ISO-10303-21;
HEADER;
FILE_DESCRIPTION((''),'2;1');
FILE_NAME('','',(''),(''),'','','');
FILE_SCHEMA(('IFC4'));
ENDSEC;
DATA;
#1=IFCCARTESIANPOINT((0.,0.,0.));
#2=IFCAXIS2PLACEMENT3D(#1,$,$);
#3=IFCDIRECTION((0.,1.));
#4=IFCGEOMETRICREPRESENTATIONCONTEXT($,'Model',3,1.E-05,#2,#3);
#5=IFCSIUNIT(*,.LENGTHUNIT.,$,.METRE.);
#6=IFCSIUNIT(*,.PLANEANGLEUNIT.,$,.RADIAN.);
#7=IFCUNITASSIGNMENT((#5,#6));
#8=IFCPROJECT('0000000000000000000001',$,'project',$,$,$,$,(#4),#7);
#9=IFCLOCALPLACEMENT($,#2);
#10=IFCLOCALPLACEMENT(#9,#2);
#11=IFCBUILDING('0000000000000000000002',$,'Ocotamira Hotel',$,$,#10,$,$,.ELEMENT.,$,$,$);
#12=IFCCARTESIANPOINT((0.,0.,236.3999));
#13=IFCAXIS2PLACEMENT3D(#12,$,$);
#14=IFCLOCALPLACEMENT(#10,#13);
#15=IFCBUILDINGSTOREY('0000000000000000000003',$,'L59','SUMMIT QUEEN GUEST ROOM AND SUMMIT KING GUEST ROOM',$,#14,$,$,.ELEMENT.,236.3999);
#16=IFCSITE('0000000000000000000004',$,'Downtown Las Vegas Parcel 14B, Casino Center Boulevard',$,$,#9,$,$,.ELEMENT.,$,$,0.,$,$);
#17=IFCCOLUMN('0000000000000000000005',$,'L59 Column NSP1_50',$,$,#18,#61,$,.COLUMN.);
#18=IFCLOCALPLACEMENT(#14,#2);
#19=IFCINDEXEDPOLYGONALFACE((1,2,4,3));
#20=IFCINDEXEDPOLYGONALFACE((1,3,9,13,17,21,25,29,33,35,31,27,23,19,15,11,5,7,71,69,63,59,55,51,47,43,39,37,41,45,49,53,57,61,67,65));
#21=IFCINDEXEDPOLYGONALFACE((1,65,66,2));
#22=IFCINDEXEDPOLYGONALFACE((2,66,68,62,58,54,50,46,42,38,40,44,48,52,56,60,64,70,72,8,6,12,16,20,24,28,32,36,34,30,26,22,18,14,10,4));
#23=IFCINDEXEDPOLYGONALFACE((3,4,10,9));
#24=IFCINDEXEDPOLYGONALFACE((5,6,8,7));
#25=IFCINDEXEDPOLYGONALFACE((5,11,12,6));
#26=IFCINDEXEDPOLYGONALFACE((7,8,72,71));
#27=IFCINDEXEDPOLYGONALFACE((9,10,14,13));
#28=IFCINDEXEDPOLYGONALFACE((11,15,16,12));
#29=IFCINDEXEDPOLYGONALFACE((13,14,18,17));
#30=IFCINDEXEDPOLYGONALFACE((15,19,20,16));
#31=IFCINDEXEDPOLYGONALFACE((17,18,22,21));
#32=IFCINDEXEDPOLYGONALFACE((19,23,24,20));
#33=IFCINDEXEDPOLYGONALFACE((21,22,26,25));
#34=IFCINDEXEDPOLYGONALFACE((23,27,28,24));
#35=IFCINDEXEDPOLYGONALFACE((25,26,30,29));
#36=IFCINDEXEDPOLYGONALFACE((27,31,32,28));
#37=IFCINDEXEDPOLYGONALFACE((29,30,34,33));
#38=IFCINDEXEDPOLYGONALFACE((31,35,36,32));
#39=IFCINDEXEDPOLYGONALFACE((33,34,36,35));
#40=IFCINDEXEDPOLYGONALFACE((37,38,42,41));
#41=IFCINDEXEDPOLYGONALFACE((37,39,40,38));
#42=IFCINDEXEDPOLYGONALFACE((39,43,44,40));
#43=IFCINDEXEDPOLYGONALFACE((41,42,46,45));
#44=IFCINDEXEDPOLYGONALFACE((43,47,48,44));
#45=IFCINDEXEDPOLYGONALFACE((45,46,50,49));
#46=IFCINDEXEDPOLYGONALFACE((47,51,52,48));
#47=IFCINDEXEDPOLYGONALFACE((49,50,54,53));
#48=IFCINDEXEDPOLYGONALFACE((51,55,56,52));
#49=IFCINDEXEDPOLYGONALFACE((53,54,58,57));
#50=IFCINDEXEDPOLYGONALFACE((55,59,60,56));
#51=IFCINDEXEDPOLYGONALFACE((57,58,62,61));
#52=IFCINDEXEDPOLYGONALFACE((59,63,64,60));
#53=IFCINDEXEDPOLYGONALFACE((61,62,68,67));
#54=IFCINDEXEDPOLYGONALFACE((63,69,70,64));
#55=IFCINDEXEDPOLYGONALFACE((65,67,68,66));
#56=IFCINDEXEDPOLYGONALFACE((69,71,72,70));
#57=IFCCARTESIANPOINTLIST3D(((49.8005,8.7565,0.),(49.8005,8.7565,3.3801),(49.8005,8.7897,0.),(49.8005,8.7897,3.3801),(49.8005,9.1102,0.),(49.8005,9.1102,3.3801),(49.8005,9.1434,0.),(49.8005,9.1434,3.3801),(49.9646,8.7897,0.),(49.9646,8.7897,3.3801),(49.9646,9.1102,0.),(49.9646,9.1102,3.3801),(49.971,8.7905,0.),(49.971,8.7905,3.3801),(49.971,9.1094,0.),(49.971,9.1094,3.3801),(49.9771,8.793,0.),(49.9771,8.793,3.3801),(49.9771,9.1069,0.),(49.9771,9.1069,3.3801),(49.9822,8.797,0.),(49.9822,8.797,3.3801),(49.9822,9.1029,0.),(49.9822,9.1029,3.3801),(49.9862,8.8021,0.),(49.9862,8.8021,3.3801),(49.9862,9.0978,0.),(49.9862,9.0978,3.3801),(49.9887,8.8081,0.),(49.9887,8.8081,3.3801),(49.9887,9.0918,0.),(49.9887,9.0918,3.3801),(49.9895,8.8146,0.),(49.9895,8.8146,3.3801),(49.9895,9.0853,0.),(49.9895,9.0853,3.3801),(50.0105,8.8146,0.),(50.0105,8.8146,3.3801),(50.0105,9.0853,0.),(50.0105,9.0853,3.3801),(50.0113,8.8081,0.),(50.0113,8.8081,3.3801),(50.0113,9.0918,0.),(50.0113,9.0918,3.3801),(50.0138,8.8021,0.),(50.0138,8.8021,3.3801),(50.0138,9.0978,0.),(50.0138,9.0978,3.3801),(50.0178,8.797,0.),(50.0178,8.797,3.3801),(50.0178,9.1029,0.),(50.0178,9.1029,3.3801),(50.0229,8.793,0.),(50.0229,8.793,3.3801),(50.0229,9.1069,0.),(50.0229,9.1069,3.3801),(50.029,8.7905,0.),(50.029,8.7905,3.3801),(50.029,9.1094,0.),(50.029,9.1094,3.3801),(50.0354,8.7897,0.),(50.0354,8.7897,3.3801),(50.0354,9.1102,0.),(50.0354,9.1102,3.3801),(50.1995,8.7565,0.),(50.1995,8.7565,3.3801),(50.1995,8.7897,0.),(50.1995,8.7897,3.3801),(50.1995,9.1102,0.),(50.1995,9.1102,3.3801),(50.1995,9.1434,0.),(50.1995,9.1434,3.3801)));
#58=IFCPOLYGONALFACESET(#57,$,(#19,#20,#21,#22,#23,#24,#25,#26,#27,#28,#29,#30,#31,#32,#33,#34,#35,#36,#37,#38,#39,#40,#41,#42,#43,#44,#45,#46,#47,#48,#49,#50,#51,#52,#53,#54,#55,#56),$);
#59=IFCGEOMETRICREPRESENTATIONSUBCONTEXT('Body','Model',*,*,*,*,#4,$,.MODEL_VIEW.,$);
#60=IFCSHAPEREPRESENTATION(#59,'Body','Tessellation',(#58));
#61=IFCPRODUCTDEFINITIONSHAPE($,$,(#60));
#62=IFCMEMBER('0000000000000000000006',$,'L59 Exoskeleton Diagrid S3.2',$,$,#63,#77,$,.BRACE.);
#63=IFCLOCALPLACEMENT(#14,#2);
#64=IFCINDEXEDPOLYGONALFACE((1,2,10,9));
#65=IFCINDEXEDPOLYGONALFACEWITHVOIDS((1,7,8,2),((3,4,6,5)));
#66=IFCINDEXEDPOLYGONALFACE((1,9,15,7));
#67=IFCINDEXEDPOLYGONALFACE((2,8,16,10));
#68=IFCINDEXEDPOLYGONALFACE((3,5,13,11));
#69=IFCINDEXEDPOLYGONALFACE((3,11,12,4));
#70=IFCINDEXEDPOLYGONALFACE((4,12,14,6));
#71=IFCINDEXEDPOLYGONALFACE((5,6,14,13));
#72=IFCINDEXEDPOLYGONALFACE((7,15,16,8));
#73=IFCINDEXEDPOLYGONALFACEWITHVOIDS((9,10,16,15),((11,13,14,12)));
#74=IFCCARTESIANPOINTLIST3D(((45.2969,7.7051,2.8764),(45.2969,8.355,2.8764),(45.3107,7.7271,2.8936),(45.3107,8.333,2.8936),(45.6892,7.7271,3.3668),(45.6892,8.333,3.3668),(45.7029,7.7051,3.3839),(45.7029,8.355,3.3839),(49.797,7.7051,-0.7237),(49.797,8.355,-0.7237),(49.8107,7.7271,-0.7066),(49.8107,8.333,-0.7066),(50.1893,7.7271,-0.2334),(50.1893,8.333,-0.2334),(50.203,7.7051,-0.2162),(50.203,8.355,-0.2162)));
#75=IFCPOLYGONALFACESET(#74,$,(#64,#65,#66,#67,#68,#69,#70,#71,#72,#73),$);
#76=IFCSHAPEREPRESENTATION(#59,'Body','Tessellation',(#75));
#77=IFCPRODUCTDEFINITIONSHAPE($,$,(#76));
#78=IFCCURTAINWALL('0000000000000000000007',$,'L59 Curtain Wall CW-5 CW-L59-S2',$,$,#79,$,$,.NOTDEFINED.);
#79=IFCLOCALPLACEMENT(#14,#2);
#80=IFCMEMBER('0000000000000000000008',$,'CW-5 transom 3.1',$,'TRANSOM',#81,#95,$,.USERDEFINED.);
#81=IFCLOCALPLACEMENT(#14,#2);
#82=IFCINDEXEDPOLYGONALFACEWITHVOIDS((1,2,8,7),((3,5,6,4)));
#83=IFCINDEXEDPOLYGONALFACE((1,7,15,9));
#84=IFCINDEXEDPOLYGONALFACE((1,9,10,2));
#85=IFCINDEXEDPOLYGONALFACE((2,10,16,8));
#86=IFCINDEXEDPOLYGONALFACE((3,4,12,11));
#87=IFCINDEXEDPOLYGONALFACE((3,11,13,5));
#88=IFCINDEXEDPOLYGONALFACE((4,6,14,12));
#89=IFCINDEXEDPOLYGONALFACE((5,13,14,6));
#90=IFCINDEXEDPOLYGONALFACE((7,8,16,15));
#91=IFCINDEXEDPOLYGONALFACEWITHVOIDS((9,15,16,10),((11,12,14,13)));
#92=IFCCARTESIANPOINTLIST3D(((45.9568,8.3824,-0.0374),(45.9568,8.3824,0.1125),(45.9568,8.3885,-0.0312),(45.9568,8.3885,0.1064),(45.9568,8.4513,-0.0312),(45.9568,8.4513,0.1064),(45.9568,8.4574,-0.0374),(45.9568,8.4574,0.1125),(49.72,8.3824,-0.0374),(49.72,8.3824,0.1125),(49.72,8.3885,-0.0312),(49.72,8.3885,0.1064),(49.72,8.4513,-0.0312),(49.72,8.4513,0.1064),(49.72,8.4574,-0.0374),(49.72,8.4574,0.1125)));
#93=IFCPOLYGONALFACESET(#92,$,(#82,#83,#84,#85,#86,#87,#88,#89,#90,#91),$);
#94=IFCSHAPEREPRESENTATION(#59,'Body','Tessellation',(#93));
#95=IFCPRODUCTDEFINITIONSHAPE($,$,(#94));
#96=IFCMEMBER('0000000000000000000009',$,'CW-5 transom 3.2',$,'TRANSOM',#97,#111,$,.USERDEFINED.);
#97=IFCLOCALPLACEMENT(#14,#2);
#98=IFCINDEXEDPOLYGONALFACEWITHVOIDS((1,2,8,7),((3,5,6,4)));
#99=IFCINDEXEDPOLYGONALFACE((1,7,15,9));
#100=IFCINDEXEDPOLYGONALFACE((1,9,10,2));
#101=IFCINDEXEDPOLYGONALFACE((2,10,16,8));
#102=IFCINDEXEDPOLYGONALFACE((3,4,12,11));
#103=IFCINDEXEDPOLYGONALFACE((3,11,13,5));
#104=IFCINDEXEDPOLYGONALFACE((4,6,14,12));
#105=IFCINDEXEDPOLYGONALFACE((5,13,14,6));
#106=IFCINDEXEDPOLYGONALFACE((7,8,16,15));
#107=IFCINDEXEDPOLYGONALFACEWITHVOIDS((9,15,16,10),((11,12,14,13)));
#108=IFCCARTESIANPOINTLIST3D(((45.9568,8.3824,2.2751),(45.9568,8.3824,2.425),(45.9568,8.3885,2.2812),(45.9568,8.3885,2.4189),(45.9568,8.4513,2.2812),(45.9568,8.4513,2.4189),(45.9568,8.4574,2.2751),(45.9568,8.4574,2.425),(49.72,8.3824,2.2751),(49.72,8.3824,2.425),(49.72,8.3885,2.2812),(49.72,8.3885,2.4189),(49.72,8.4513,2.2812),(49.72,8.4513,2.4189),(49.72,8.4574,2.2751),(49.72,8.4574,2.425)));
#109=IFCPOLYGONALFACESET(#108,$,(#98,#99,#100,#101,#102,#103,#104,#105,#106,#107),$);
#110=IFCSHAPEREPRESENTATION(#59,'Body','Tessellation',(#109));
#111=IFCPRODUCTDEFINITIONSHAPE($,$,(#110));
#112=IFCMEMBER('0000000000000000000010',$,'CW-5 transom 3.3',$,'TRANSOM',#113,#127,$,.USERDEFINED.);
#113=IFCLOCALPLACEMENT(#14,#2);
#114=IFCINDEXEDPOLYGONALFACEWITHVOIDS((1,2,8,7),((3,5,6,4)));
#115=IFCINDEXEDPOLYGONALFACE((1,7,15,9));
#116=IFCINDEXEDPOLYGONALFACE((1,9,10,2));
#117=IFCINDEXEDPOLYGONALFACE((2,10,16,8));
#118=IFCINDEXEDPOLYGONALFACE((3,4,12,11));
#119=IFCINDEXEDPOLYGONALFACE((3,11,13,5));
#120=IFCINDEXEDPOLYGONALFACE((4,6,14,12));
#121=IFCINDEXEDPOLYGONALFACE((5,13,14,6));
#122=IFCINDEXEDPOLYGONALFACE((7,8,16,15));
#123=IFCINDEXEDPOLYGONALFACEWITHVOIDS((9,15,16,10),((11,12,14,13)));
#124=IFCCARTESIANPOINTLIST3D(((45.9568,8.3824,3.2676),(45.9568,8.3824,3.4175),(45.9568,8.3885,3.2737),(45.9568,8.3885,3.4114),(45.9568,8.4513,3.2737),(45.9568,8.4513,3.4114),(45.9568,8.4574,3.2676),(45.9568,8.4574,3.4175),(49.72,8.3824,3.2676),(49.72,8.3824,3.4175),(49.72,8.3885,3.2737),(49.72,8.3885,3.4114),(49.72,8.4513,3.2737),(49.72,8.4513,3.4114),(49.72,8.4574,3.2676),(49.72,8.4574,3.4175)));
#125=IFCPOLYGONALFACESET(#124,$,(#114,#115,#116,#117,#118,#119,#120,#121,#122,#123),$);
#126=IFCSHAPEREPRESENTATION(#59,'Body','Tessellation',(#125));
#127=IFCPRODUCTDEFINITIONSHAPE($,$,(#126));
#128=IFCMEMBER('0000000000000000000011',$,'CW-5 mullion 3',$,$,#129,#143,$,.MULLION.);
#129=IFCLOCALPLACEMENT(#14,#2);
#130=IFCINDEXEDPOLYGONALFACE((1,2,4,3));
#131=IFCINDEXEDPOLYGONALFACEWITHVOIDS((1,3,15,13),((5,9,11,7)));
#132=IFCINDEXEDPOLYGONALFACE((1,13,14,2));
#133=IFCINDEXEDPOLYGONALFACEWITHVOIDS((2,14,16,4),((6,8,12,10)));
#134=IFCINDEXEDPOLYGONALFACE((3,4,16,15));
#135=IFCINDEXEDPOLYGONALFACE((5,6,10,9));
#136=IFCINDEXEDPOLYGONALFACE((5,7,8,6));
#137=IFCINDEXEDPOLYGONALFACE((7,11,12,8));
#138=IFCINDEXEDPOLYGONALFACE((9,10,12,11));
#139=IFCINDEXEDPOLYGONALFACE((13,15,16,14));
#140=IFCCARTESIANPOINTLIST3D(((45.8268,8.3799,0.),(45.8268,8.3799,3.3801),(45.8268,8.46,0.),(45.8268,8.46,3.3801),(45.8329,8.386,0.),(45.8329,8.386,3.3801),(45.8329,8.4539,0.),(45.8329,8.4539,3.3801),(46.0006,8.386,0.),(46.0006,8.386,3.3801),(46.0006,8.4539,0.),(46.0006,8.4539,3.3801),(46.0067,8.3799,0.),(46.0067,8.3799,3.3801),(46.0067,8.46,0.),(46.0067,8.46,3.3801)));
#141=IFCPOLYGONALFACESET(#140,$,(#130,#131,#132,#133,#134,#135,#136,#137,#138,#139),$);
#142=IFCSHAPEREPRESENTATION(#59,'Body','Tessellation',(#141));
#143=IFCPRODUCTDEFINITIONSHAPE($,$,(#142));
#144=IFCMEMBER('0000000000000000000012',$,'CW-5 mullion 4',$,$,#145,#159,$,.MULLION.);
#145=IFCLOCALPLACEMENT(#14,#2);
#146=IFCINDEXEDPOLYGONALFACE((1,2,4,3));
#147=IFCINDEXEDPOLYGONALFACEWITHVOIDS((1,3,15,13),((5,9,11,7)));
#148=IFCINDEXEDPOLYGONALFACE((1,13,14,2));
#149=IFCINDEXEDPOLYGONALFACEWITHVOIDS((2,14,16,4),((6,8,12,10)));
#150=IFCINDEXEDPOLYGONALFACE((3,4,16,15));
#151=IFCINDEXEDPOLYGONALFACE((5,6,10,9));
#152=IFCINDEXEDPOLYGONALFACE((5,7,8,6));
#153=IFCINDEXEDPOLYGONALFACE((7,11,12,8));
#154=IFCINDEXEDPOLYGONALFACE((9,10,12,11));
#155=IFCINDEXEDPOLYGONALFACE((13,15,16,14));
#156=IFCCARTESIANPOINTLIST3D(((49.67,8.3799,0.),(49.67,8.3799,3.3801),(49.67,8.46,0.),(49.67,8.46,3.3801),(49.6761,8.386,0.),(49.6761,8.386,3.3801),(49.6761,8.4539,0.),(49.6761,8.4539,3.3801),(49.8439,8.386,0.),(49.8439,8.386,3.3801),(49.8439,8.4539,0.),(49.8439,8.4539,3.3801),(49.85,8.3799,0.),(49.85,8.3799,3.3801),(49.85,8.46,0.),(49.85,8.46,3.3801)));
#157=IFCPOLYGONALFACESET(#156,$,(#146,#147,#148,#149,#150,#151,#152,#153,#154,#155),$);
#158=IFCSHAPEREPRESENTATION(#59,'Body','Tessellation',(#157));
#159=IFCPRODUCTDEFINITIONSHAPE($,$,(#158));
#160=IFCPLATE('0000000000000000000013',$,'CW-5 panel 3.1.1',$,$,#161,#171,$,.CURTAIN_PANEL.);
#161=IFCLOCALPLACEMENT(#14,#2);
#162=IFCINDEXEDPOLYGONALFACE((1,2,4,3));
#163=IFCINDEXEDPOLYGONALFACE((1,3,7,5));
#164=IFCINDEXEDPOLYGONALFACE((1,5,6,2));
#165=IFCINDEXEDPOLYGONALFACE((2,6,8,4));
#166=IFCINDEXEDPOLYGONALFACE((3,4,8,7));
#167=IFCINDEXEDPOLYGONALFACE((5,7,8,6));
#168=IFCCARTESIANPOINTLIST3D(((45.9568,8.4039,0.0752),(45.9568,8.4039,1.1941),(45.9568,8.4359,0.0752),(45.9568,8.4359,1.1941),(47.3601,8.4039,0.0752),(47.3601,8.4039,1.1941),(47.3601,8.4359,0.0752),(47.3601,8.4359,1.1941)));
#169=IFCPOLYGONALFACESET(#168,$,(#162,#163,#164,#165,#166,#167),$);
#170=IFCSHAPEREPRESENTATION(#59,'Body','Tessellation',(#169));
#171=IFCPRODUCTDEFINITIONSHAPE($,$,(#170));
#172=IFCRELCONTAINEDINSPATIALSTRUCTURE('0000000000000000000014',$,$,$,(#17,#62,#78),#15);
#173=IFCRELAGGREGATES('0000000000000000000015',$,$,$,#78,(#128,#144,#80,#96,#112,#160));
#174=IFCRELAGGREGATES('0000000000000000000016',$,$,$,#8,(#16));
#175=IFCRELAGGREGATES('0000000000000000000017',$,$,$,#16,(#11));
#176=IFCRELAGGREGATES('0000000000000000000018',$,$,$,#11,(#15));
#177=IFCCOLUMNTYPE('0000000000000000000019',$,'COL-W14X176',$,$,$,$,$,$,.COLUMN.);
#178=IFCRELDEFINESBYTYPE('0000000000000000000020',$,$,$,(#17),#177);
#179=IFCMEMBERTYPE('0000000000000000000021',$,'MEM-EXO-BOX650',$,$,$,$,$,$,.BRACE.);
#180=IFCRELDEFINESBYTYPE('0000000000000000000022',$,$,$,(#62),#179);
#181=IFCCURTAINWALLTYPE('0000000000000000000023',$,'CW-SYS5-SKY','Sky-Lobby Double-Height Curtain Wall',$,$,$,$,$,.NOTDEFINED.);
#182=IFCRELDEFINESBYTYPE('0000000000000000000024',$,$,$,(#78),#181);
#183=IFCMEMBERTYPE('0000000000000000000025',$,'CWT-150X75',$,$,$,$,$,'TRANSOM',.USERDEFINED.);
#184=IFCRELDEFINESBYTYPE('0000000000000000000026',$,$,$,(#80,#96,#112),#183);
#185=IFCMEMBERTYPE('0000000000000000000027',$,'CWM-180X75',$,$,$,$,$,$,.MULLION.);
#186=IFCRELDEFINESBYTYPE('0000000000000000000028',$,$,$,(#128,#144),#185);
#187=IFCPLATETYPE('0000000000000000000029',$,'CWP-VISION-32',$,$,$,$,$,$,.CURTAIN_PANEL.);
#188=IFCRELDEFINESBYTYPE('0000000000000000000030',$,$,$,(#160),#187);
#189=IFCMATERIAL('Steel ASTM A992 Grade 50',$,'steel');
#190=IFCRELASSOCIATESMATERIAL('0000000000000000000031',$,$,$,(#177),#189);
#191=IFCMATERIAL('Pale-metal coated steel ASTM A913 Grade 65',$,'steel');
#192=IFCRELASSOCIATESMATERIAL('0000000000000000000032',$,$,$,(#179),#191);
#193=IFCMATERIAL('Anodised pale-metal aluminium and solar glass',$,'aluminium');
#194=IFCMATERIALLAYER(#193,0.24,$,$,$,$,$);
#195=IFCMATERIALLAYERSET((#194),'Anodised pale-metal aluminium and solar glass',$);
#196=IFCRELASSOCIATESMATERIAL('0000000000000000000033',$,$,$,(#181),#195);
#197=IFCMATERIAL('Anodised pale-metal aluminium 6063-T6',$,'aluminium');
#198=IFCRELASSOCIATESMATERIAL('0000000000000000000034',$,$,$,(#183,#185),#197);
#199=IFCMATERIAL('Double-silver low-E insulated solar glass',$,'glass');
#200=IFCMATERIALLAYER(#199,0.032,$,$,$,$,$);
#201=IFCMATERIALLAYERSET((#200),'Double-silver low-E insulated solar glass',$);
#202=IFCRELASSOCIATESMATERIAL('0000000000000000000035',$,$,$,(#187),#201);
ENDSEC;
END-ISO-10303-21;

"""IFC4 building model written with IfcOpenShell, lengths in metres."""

from ifc_helpers import new_model, si_unit, direction, frame, origin, origin_2d, place, context, subcontext, project, spatial, rectangle, hollow_rectangle, i_section, extrude, source, transform, mapped, material, layer, layer_set, material_profile, profile_set, type_object, element, aggregate, save


model = new_model("IFC4")

# Units and contexts
model_context = context("Model", 3, precision=1e-05, world=origin(), true_north=direction((0.0, 1.0)))
body_context = subcontext(model_context, "Body", "Model", "MODEL_VIEW")
ifc_project = project(units=[si_unit("LENGTHUNIT", "METRE"), si_unit("PLANEANGLEUNIT", "RADIAN")], contexts=[model_context])

# Site, building, storey
site_placement = place(None, origin())
site = spatial("IfcSite", under=ifc_project, at=site_placement, Name="Downtown Las Vegas Parcel 14B, Casino Center Boulevard", CompositionType="ELEMENT", RefElevation=0.0)
building_placement = place(site_placement, origin())
building = spatial("IfcBuilding", under=site, at=building_placement, Name="Ocotamira Hotel", CompositionType="ELEMENT")
storey_placement = place(building_placement, frame((0.0, 0.0, 236.3999)))
storey = spatial("IfcBuildingStorey", under=building, at=storey_placement, Name="L59", Description="SUMMIT QUEEN GUEST ROOM AND SUMMIT KING GUEST ROOM", CompositionType="ELEMENT", Elevation=236.3999)

# Column
ifc_material_1 = material(Name="Steel ASTM A992 Grade 50", Category="steel")
ifc_material_profile_1 = material_profile(ifc_material_1, i_section(OverallWidth=0.3989, OverallDepth=0.387, WebThickness=0.021, FlangeThickness=0.0332, FilletRadius=0.0249, at=origin_2d()), Name="W14X176")
ifc_profile_set_1 = profile_set([ifc_material_profile_1], Name="Steel ASTM A992 Grade 50")
column_type = type_object("IfcColumnType", Name="COL-W14X176", PredefinedType="COLUMN", material=ifc_profile_set_1)
shared_shape_1 = source(origin(), body_context, "Body", "SweptSolid", [
    extrude(i_section(OverallWidth=0.3989, OverallDepth=0.387, WebThickness=0.021, FlangeThickness=0.0332, FilletRadius=0.0249, at=origin_2d()), origin(), (0.0, 0.0, 1.0), 3.3801),
])
column_placement = place(storey_placement, frame((50.0, 8.95, 0.0), z_axis=(0.0, 0.0, 1.0), x_axis=(1.0, 0.0, 0.0)))
element("IfcColumn", 1, at=column_placement, inside=storey, type_object=column_type, Name="L59 Column NSP1_50", PredefinedType="COLUMN", context=body_context, shape_type="MappedRepresentation", body=[
    mapped(shared_shape_1, transform((0.0, 0.0, 0.0), scale=1.0)),
])

# Member
ifc_material_2 = material(Name="Pale-metal coated steel ASTM A913 Grade 65", Category="steel")
ifc_material_profile_2 = material_profile(ifc_material_2, hollow_rectangle(XDim=0.6499, YDim=0.6499, WallThickness=0.022, at=origin_2d()), Name="BOX650X650X22")
ifc_profile_set_2 = profile_set([ifc_material_profile_2], Name="Pale-metal coated steel ASTM A913 Grade 65")
member_type_1 = type_object("IfcMemberType", Name="MEM-EXO-BOX650", PredefinedType="BRACE", material=ifc_profile_set_2)
shared_shape_2 = source(origin(), body_context, "Body", "SweptSolid", [
    extrude(hollow_rectangle(XDim=0.6499, YDim=0.6499, WallThickness=0.022, at=origin_2d()), origin(), (0.0, 0.0, 1.0), 5.7629),
])
member_1_placement = place(storey_placement, frame((50.0, 8.03, -0.47), z_axis=(-0.780861, 0.0, 0.624705), x_axis=(0.0, -1.0, 0.0)))
element("IfcMember", 2, at=member_1_placement, inside=storey, type_object=member_type_1, Name="L59 Exoskeleton Diagrid S3.2", PredefinedType="BRACE", context=body_context, shape_type="MappedRepresentation", body=[
    mapped(shared_shape_2, transform((0.0, 0.0, 0.0), scale=1.0)),
])

# Curtain wall, members, plate
ifc_material_3 = material(Name="Anodised pale-metal aluminium and solar glass", Category="aluminium")
ifc_layer_1 = layer(ifc_material_3, 0.24)
ifc_layer_set_1 = layer_set([ifc_layer_1], Name="Anodised pale-metal aluminium and solar glass")
curtain_wall_type = type_object("IfcCurtainWallType", Name="CW-SYS5-SKY", Description="Sky-Lobby Double-Height Curtain Wall", PredefinedType="NOTDEFINED", material=ifc_layer_set_1)
curtain_wall_placement = place(storey_placement, origin())
curtain_wall = element("IfcCurtainWall", 3, at=curtain_wall_placement, inside=storey, type_object=curtain_wall_type, Name="L59 Curtain Wall CW-5 CW-L59-S2", PredefinedType="NOTDEFINED")
ifc_material_4 = material(Name="Anodised pale-metal aluminium 6063-T6", Category="aluminium")
ifc_material_profile_3 = material_profile(ifc_material_4, hollow_rectangle(XDim=0.075, YDim=0.1499, WallThickness=0.0061, at=origin_2d()), Name="HSS150X75X6")
ifc_profile_set_3 = profile_set([ifc_material_profile_3], Name="Anodised pale-metal aluminium 6063-T6")
member_type_2 = type_object("IfcMemberType", Name="CWT-150X75", ElementType="TRANSOM", PredefinedType="USERDEFINED", material=ifc_profile_set_3)
shared_shape_3 = source(origin(), body_context, "Body", "SweptSolid", [
    extrude(hollow_rectangle(XDim=0.075, YDim=0.1499, WallThickness=0.0061, at=origin_2d()), origin(), (0.0, 0.0, 1.0), 3.7632),
])
member_2_placement = place(storey_placement, frame((45.9568, 8.4199, 0.0376), z_axis=(1.0, 0.0, 0.0), x_axis=(0.0, 1.0, 0.0)))
member_2 = element("IfcMember", 4, at=member_2_placement, type_object=member_type_2, Name="CW-5 transom 3.1", ObjectType="TRANSOM", PredefinedType="USERDEFINED", context=body_context, shape_type="MappedRepresentation", body=[
    mapped(shared_shape_3, transform((0.0, 0.0, 0.0), scale=1.0)),
])
member_3_placement = place(storey_placement, frame((45.9568, 8.4199, 2.3501), z_axis=(1.0, 0.0, 0.0), x_axis=(0.0, 1.0, 0.0)))
member_3 = element("IfcMember", 5, at=member_3_placement, type_object=member_type_2, Name="CW-5 transom 3.2", ObjectType="TRANSOM", PredefinedType="USERDEFINED", context=body_context, shape_type="MappedRepresentation", body=[
    mapped(shared_shape_3, transform((0.0, 0.0, 0.0), scale=1.0)),
])
member_4_placement = place(storey_placement, frame((45.9568, 8.4199, 3.3425), z_axis=(1.0, 0.0, 0.0), x_axis=(0.0, 1.0, 0.0)))
member_4 = element("IfcMember", 6, at=member_4_placement, type_object=member_type_2, Name="CW-5 transom 3.3", ObjectType="TRANSOM", PredefinedType="USERDEFINED", context=body_context, shape_type="MappedRepresentation", body=[
    mapped(shared_shape_3, transform((0.0, 0.0, 0.0), scale=1.0)),
])
ifc_material_profile_4 = material_profile(ifc_material_4, hollow_rectangle(XDim=0.0801, YDim=0.1799, WallThickness=0.0061, at=origin_2d()), Name="HSS180X80X6")
ifc_profile_set_4 = profile_set([ifc_material_profile_4], Name="Anodised pale-metal aluminium 6063-T6")
member_type_3 = type_object("IfcMemberType", Name="CWM-180X75", PredefinedType="MULLION", material=ifc_profile_set_4)
shared_shape_4 = source(origin(), body_context, "Body", "SweptSolid", [
    extrude(hollow_rectangle(XDim=0.0801, YDim=0.1799, WallThickness=0.0061, at=origin_2d()), origin(), (0.0, 0.0, 1.0), 3.3801),
])
member_5_placement = place(storey_placement, frame((45.9167, 8.4199, 0.0), z_axis=(0.0, 0.0, 1.0), x_axis=(0.0, 1.0, 0.0)))
member_5 = element("IfcMember", 7, at=member_5_placement, type_object=member_type_3, Name="CW-5 mullion 3", PredefinedType="MULLION", context=body_context, shape_type="MappedRepresentation", body=[
    mapped(shared_shape_4, transform((0.0, 0.0, 0.0), scale=1.0)),
])
member_6_placement = place(storey_placement, frame((49.76, 8.4199, 0.0), z_axis=(0.0, 0.0, 1.0), x_axis=(0.0, 1.0, 0.0)))
member_6 = element("IfcMember", 8, at=member_6_placement, type_object=member_type_3, Name="CW-5 mullion 4", PredefinedType="MULLION", context=body_context, shape_type="MappedRepresentation", body=[
    mapped(shared_shape_4, transform((0.0, 0.0, 0.0), scale=1.0)),
])
ifc_material_5 = material(Name="Double-silver low-E insulated solar glass", Category="glass")
ifc_layer_2 = layer(ifc_material_5, 0.032)
ifc_layer_set_2 = layer_set([ifc_layer_2], Name="Double-silver low-E insulated solar glass")
plate_type = type_object("IfcPlateType", Name="CWP-VISION-32", PredefinedType="CURTAIN_PANEL", material=ifc_layer_set_2)
shared_shape_5 = source(origin(), body_context, "Body", "SweptSolid", [
    extrude(rectangle(XDim=1.4033, YDim=0.032, at=origin_2d()), origin(), (0.0, 0.0, 1.0), 1.1189),
])
plate_1_placement = place(storey_placement, frame((46.6584, 8.4199, 0.0752), z_axis=(0.0, 0.0, 1.0), x_axis=(1.0, 0.0, 0.0)))
plate_1 = element("IfcPlate", 9, at=plate_1_placement, type_object=plate_type, Name="CW-5 panel 3.1.1", PredefinedType="CURTAIN_PANEL", context=body_context, shape_type="MappedRepresentation", body=[
    mapped(shared_shape_5, transform((0.0, 0.0, 0.0), scale=1.0)),
])
aggregate(curtain_wall, [member_5, member_6, member_2, member_3, member_4, plate_1])

save(model, "model.ifc")
